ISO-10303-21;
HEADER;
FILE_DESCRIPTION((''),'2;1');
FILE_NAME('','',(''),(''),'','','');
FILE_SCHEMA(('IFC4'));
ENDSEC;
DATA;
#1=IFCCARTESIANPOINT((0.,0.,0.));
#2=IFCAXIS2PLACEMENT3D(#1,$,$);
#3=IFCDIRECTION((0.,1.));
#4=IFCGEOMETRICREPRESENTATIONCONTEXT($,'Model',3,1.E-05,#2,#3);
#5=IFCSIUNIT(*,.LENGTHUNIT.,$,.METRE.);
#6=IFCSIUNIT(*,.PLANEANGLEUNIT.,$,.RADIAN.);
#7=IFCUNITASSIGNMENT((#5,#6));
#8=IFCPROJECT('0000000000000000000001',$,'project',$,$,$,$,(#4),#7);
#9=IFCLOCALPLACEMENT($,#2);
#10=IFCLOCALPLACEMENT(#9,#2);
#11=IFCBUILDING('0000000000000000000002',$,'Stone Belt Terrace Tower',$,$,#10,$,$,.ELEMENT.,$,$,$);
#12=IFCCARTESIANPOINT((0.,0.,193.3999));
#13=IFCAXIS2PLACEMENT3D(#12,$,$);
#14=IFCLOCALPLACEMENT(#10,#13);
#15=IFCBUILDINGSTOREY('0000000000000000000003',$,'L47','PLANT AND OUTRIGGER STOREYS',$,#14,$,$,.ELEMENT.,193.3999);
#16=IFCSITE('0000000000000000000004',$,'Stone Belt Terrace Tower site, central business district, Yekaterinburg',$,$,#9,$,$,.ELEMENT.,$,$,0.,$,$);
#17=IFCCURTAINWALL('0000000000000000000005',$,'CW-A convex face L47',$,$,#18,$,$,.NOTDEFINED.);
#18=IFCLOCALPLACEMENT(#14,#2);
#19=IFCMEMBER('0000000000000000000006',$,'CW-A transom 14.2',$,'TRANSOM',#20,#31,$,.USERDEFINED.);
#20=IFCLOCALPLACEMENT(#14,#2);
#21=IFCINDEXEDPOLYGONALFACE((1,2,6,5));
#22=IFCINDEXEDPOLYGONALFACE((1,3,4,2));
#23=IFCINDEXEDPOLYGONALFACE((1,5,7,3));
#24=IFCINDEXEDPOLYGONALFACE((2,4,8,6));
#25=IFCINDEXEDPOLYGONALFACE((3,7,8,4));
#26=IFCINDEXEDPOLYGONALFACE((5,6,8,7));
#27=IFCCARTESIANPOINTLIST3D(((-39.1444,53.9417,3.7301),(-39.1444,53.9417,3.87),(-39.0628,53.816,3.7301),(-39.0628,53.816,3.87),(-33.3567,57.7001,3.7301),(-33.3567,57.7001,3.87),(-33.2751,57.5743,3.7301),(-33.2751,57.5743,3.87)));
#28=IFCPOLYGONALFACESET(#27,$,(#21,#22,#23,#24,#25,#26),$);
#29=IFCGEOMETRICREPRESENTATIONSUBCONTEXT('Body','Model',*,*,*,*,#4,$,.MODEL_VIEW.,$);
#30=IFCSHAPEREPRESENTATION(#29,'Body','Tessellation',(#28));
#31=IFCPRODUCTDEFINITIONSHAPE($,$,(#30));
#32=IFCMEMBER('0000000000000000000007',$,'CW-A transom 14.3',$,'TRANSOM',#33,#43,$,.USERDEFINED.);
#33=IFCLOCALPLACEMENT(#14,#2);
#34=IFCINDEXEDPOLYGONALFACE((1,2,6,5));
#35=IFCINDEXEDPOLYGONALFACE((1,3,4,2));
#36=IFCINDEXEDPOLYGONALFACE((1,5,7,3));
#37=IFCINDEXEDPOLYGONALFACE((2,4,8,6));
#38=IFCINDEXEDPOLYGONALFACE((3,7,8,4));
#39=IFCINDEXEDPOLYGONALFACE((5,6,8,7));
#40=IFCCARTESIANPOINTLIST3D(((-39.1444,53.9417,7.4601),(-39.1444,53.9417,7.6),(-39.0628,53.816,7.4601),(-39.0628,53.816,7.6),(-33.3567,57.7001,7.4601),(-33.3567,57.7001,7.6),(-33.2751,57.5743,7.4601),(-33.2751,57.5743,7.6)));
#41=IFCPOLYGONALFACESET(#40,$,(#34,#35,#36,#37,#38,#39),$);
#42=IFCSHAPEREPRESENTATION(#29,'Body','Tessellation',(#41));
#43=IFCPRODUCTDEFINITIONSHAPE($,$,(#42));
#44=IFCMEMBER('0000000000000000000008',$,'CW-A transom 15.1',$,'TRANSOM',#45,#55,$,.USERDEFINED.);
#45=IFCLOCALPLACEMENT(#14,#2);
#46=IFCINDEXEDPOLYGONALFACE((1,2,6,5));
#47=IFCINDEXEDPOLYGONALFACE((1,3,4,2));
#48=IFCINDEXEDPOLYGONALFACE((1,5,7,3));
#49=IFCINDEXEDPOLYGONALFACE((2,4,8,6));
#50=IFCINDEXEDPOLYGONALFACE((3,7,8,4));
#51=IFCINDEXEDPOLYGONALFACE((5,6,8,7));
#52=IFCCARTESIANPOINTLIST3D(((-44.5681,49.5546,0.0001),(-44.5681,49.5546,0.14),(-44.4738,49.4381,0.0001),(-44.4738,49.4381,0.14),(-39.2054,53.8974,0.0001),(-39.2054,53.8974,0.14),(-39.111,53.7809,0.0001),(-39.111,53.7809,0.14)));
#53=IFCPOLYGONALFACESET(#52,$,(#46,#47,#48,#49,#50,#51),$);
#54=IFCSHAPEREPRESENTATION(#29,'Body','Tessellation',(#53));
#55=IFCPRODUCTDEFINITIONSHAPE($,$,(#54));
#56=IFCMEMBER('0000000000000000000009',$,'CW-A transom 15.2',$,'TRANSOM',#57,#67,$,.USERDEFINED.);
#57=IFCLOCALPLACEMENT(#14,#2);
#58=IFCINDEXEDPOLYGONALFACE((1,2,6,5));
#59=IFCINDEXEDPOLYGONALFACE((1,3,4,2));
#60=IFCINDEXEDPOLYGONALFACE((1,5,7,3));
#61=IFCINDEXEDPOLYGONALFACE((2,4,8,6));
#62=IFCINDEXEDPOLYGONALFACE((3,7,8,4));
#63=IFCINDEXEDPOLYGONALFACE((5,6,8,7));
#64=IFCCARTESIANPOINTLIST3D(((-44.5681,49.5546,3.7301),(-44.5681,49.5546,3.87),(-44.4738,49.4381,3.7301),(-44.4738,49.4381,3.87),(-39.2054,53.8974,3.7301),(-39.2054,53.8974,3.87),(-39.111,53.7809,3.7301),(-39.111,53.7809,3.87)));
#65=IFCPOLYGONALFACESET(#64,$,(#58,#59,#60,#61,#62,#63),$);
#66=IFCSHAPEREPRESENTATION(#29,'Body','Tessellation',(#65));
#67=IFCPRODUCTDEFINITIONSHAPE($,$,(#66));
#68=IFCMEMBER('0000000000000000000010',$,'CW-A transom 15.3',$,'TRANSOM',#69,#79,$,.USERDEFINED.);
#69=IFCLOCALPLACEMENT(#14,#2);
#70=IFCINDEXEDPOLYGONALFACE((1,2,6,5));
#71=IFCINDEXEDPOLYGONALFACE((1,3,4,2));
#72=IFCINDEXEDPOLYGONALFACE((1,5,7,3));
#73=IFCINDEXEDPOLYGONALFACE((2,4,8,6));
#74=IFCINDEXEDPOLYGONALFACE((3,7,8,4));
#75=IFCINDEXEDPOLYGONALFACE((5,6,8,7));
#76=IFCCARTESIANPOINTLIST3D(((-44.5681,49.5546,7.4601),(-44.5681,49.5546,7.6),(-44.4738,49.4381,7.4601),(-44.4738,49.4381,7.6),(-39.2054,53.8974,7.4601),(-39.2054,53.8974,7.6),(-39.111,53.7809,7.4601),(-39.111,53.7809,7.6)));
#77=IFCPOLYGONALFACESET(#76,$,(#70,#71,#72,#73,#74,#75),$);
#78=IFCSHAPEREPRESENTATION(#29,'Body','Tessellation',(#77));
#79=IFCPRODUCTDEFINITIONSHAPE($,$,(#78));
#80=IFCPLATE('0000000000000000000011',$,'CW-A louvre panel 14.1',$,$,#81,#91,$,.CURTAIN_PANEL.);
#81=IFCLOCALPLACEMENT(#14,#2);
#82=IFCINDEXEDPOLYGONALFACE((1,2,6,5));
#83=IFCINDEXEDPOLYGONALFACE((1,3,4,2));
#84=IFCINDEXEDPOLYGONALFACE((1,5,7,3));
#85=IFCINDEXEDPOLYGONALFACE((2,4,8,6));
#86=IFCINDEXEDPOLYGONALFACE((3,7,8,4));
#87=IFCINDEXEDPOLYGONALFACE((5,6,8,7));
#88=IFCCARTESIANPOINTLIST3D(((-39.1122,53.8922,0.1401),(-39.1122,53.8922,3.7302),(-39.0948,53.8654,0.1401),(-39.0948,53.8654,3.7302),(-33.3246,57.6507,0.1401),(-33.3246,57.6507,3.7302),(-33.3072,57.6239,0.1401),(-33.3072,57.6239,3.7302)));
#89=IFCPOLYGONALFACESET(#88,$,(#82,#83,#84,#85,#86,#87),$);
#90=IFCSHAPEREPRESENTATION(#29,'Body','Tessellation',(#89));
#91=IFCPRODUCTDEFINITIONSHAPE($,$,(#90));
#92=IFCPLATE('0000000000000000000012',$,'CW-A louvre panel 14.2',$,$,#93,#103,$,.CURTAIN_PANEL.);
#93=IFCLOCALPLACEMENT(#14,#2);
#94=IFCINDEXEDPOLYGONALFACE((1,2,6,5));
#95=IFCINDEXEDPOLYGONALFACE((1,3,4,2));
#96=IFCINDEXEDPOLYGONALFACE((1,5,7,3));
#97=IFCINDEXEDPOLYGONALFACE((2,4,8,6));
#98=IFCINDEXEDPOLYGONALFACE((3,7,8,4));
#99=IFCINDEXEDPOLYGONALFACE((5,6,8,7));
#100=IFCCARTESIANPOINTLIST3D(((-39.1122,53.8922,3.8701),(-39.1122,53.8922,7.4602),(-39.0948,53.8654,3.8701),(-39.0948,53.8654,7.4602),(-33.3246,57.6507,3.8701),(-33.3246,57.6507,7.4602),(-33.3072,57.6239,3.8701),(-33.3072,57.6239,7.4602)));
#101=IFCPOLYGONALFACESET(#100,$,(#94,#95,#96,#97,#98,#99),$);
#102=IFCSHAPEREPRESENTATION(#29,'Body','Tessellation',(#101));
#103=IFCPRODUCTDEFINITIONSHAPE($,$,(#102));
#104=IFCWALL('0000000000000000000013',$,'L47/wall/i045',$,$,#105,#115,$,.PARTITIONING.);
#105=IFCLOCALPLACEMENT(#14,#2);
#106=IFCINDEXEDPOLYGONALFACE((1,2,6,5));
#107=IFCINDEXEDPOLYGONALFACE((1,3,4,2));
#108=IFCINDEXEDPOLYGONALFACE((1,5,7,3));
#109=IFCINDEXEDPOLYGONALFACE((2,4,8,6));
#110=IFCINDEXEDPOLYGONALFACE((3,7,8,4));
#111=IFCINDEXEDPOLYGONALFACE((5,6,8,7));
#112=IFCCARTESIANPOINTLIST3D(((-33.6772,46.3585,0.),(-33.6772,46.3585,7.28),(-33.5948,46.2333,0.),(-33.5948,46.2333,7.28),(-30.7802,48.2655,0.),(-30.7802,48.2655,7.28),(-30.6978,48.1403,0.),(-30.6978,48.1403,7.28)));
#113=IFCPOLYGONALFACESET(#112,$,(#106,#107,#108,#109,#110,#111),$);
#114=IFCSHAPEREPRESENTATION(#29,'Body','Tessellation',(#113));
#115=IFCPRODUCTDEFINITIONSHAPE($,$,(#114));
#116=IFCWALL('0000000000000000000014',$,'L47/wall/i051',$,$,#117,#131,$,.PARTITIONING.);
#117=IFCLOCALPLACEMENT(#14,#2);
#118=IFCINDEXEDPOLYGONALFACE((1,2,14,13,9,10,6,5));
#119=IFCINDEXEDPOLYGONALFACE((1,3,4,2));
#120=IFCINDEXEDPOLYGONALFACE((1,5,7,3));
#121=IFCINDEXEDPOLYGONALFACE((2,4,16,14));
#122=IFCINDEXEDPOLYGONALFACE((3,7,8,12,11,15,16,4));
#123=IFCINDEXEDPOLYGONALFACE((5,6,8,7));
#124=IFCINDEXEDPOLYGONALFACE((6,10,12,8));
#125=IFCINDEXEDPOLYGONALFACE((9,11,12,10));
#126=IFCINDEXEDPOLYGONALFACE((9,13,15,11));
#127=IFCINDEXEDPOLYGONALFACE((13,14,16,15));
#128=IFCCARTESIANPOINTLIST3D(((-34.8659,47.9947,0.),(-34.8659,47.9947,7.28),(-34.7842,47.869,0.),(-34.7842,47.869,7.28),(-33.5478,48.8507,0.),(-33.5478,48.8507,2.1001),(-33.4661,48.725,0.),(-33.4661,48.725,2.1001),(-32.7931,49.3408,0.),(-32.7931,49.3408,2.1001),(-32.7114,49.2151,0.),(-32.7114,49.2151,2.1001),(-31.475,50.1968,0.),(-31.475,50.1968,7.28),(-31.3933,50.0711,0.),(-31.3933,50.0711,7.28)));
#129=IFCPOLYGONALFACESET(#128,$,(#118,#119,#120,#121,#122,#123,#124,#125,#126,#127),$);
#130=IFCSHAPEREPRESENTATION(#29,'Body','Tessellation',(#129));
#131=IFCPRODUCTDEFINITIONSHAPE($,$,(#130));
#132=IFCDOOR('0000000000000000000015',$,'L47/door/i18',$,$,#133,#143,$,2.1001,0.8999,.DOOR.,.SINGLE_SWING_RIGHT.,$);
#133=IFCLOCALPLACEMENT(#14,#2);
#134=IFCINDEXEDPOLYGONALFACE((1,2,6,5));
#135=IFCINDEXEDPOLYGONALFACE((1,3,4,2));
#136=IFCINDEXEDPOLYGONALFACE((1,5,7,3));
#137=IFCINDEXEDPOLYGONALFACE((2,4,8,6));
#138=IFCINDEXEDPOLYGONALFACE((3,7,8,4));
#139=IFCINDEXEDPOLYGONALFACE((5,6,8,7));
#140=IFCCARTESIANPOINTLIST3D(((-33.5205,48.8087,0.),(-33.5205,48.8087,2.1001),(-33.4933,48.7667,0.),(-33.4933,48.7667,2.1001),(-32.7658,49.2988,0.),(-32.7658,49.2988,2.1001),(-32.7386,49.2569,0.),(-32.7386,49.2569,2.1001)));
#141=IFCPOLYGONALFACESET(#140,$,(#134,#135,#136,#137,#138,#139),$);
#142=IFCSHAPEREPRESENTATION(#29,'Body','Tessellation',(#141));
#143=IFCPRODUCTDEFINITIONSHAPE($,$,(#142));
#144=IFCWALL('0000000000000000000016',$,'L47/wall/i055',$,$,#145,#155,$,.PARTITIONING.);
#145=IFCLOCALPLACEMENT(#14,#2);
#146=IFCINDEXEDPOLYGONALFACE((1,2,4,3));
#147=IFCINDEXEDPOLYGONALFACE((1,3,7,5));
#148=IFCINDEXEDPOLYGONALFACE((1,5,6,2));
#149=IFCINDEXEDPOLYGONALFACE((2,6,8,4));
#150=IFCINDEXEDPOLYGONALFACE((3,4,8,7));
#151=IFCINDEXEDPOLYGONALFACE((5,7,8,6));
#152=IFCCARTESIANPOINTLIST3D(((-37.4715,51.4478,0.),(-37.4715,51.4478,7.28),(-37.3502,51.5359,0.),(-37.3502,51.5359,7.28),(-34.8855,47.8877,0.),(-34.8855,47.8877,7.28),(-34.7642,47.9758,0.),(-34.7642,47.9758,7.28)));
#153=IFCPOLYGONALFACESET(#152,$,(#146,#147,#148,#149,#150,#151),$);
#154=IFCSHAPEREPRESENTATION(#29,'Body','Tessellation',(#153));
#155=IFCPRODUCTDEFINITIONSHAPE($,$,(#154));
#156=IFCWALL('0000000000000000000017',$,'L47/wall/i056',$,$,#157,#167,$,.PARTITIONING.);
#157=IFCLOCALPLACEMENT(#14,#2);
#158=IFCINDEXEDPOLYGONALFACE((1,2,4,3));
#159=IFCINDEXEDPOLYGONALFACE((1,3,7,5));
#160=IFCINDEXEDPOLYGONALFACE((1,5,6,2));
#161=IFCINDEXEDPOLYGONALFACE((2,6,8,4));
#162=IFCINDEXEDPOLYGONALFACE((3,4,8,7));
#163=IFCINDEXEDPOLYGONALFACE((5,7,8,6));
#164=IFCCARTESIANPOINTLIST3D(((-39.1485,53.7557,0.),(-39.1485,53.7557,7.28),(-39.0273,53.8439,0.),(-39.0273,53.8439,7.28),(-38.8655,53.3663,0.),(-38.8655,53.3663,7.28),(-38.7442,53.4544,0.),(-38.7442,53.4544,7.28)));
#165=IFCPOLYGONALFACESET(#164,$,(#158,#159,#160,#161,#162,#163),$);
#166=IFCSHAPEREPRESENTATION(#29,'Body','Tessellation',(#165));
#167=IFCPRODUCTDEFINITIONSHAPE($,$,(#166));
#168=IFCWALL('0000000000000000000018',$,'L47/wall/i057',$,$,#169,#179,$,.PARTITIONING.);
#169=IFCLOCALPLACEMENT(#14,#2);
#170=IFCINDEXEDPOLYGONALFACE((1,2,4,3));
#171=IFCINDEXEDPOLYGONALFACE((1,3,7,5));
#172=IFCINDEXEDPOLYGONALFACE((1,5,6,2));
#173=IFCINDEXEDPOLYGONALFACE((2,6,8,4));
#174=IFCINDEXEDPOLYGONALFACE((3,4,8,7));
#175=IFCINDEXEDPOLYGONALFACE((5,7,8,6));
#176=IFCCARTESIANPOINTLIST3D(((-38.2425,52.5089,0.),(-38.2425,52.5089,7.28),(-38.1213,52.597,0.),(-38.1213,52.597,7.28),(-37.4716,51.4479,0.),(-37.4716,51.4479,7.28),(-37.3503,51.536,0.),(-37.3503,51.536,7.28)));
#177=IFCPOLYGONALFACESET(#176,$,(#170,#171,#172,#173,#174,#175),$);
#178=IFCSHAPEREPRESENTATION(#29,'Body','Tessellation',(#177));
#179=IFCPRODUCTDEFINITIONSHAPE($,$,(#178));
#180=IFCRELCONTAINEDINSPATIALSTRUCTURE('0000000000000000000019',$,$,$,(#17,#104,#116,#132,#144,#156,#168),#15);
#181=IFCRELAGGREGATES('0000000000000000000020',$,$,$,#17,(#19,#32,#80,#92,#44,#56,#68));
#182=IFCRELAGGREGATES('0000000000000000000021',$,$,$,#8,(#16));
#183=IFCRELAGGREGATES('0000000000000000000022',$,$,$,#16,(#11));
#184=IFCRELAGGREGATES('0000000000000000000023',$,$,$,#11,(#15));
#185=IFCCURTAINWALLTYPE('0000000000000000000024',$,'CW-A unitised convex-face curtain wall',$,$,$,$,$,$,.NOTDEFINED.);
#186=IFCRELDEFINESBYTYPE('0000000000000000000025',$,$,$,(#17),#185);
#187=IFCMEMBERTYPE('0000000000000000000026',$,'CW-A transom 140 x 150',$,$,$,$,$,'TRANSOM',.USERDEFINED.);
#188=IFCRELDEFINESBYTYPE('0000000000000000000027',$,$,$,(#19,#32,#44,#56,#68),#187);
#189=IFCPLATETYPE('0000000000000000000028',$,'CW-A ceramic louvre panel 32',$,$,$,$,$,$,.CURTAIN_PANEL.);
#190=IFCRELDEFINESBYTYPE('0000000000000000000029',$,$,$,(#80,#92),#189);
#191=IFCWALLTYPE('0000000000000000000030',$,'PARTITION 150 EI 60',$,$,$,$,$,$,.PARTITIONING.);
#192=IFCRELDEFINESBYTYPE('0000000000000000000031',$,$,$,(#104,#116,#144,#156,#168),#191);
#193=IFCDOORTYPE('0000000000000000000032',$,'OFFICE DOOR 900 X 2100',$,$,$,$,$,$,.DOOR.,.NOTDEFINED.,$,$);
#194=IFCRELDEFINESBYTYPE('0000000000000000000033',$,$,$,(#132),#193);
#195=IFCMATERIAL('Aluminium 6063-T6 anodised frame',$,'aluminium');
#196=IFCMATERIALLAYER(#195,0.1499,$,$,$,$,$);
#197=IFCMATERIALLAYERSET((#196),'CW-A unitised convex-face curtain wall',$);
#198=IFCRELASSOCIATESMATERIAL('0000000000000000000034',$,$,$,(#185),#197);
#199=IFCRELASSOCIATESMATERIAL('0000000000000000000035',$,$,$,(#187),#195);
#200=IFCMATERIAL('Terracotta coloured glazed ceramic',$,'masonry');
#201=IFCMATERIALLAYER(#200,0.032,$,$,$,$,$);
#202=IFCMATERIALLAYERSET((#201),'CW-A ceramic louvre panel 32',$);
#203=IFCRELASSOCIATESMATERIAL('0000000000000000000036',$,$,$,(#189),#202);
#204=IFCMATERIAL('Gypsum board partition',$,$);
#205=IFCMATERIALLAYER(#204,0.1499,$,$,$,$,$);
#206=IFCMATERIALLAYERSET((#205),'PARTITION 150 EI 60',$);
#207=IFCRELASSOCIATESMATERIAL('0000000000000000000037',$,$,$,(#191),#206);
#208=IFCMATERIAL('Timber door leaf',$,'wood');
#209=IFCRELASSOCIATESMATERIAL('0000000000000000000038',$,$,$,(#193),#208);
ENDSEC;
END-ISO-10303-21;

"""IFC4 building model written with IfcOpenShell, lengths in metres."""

from ifc_helpers import new_model, si_unit, direction, frame, frame_2d, origin, origin_2d, place, context, subcontext, project, spatial, rectangle, extrude, material, layer, layer_set, material_profile, profile_set, type_object, element, fill, aggregate, save


model = new_model("IFC4")

# Units and contexts
model_context = context("Model", 3, precision=1e-05, world=origin(), true_north=direction((0.0, 1.0)))
body_context = subcontext(model_context, "Body", "Model", "MODEL_VIEW")
ifc_project = project(units=[si_unit("LENGTHUNIT", "METRE"), si_unit("PLANEANGLEUNIT", "RADIAN")], contexts=[model_context])

# Site, building, storey
site_placement = place(None, origin())
site = spatial("IfcSite", under=ifc_project, at=site_placement, Name="Stone Belt Terrace Tower site, central business district, Yekaterinburg", CompositionType="ELEMENT", RefElevation=0.0)
building_placement = place(site_placement, origin())
building = spatial("IfcBuilding", under=site, at=building_placement, Name="Stone Belt Terrace Tower", CompositionType="ELEMENT")
storey_placement = place(building_placement, frame((0.0, 0.0, 193.3999)))
storey = spatial("IfcBuildingStorey", under=building, at=storey_placement, Name="L47", Description="PLANT AND OUTRIGGER STOREYS", CompositionType="ELEMENT", Elevation=193.3999)

# Curtain wall, members, plates
ifc_material_1 = material(Name="Aluminium 6063-T6 anodised frame", Category="aluminium")
ifc_layer_1 = layer(ifc_material_1, 0.1499)
ifc_layer_set_1 = layer_set([ifc_layer_1], Name="CW-A unitised convex-face curtain wall")
curtain_wall_type = type_object("IfcCurtainWallType", Name="CW-A unitised convex-face curtain wall", PredefinedType="NOTDEFINED", material=ifc_layer_set_1)
curtain_wall_placement = place(storey_placement, origin())
curtain_wall = element("IfcCurtainWall", 1, at=curtain_wall_placement, inside=storey, type_object=curtain_wall_type, Name="CW-A convex face L47", PredefinedType="NOTDEFINED")
ifc_material_profile_1 = material_profile(ifc_material_1, rectangle(XDim=0.1499, YDim=0.1399, at=origin_2d()), Name="Aluminium 6063-T6 150x140")
ifc_profile_set_1 = profile_set([ifc_material_profile_1], Name="Aluminium 6063-T6 anodised frame")
member_type_1 = type_object("IfcMemberType", Name="CW-A transom 140 x 150", ElementType="TRANSOM", PredefinedType="USERDEFINED", material=ifc_profile_set_1)
member_1_placement = place(storey_placement, frame((-33.3159, 57.6372, 3.8), z_axis=(-0.838684, -0.544618, 0.0), x_axis=(0.544618, -0.838684, 0.0)))
member_1 = element("IfcMember", 2, at=member_1_placement, type_object=member_type_1, Name="CW-A transom 14.2", ObjectType="TRANSOM", PredefinedType="USERDEFINED", context=body_context, shape_type="SweptSolid", body=[
    extrude(rectangle(XDim=0.1499, YDim=0.1399, at=origin_2d()), origin(), (0.0, 0.0, 1.0), 6.9009),
])
member_2_placement = place(storey_placement, frame((-33.3159, 57.6372, 7.53), z_axis=(-0.838684, -0.544618, 0.0), x_axis=(0.544618, -0.838684, 0.0)))
member_2 = element("IfcMember", 3, at=member_2_placement, type_object=member_type_1, Name="CW-A transom 14.3", ObjectType="TRANSOM", PredefinedType="USERDEFINED", context=body_context, shape_type="SweptSolid", body=[
    extrude(rectangle(XDim=0.1499, YDim=0.1399, at=origin_2d()), origin(), (0.0, 0.0, 1.0), 6.9009),
])
member_3_placement = place(storey_placement, frame((-39.1582, 53.8391, 0.0701), z_axis=(-0.777141, -0.629326, 0.0), x_axis=(0.629326, -0.777141, 0.0)))
member_3 = element("IfcMember", 4, at=member_3_placement, type_object=member_type_1, Name="CW-A transom 15.1", ObjectType="TRANSOM", PredefinedType="USERDEFINED", context=body_context, shape_type="SweptSolid", body=[
    extrude(rectangle(XDim=0.1499, YDim=0.1399, at=origin_2d()), origin(), (0.0, 0.0, 1.0), 6.9006),
])
member_4_placement = place(storey_placement, frame((-39.1582, 53.8391, 3.8), z_axis=(-0.777141, -0.629326, 0.0), x_axis=(0.629326, -0.777141, 0.0)))
member_4 = element("IfcMember", 5, at=member_4_placement, type_object=member_type_1, Name="CW-A transom 15.2", ObjectType="TRANSOM", PredefinedType="USERDEFINED", context=body_context, shape_type="SweptSolid", body=[
    extrude(rectangle(XDim=0.1499, YDim=0.1399, at=origin_2d()), origin(), (0.0, 0.0, 1.0), 6.9006),
])
member_5_placement = place(storey_placement, frame((-39.1582, 53.8391, 7.53), z_axis=(-0.777141, -0.629326, 0.0), x_axis=(0.629326, -0.777141, 0.0)))
member_5 = element("IfcMember", 6, at=member_5_placement, type_object=member_type_1, Name="CW-A transom 15.3", ObjectType="TRANSOM", PredefinedType="USERDEFINED", context=body_context, shape_type="SweptSolid", body=[
    extrude(rectangle(XDim=0.1499, YDim=0.1399, at=origin_2d()), origin(), (0.0, 0.0, 1.0), 6.9006),
])
ifc_material_2 = material(Name="Terracotta coloured glazed ceramic", Category="masonry")
ifc_layer_2 = layer(ifc_material_2, 0.032)
ifc_layer_set_2 = layer_set([ifc_layer_2], Name="CW-A ceramic louvre panel 32")
plate_type = type_object("IfcPlateType", Name="CW-A ceramic louvre panel 32", PredefinedType="CURTAIN_PANEL", material=ifc_layer_set_2)
plate_1_placement = place(storey_placement, frame((-36.2097, 55.7581, 0.1401), z_axis=(0.0, 0.0, 1.0), x_axis=(-0.838671, -0.544639, 0.0)))
plate_1 = element("IfcPlate", 7, at=plate_1_placement, type_object=plate_type, Name="CW-A louvre panel 14.1", PredefinedType="CURTAIN_PANEL", context=body_context, shape_type="SweptSolid", body=[
    extrude(rectangle(XDim=6.9009, YDim=0.032, at=origin_2d()), origin(), (0.0, 0.0, 1.0), 3.5901),
])
plate_2_placement = place(storey_placement, frame((-36.2097, 55.7581, 3.8701), z_axis=(0.0, 0.0, 1.0), x_axis=(-0.838671, -0.544639, 0.0)))
plate_2 = element("IfcPlate", 8, at=plate_2_placement, type_object=plate_type, Name="CW-A louvre panel 14.2", PredefinedType="CURTAIN_PANEL", context=body_context, shape_type="SweptSolid", body=[
    extrude(rectangle(XDim=6.9009, YDim=0.032, at=origin_2d()), origin(), (0.0, 0.0, 1.0), 3.5901),
])
aggregate(curtain_wall, [member_1, member_2, plate_1, plate_2, member_3, member_4, member_5])

# Wall
ifc_material_3 = material(Name="Gypsum board partition")
ifc_layer_3 = layer(ifc_material_3, 0.1499)
ifc_layer_set_3 = layer_set([ifc_layer_3], Name="PARTITION 150 EI 60")
wall_type = type_object("IfcWallType", Name="PARTITION 150 EI 60", PredefinedType="PARTITIONING", material=ifc_layer_set_3)
wall_1_placement = place(storey_placement, frame((-33.636, 46.2959, 0.0), z_axis=(0.0, 0.0, 1.0), x_axis=(0.835274, 0.549834, 0.0)))
element("IfcWall", 9, at=wall_1_placement, inside=storey, type_object=wall_type, Name="L47/wall/i045", PredefinedType="PARTITIONING", context=body_context, shape_type="SweptSolid", body=[
    extrude(rectangle(XDim=3.4683, YDim=0.1499, at=frame_2d((1.7341, 0.0))), origin(), (0.0, 0.0, 1.0), 7.28),
])

# Wall, opening, door
wall_2_placement = place(storey_placement, frame((-34.825, 47.9319, 0.0), z_axis=(0.0, 0.0, 1.0), x_axis=(0.83866, 0.544655, 0.0)))
wall_2 = element("IfcWall", 10, at=wall_2_placement, inside=storey, type_object=wall_type, Name="L47/wall/i051", PredefinedType="PARTITIONING", context=body_context, shape_type="SweptSolid", body=[
    extrude(rectangle(XDim=4.0432, YDim=0.1499, at=frame_2d((2.0215, 0.0))), origin(), (0.0, 0.0, 1.0), 7.28),
])
opening_placement = place(wall_2_placement, frame((1.5715, 0.0, 0.0)))
opening = element("IfcOpeningElement", 11, at=opening_placement, cuts=wall_2, PredefinedType="OPENING", context=body_context, shape_type="SweptSolid", body=[
    extrude(rectangle(XDim=0.8999, YDim=2.1001, at=frame_2d((0.45, 1.05))), frame((0.0, 0.085, 0.0), z_axis=(0.0, -1.0, 0.0), x_axis=(1.0, 0.0, 0.0)), (0.0, 0.0, 1.0), 0.1699),
])
ifc_material_4 = material(Name="Timber door leaf", Category="wood")
door_type = type_object("IfcDoorType", Name="OFFICE DOOR 900 X 2100", OperationType="NOTDEFINED", PredefinedType="DOOR", material=ifc_material_4)
door_placement = place(opening_placement, origin())
door = element("IfcDoor", 12, at=door_placement, inside=storey, type_object=door_type, Name="L47/door/i18", OperationType="SINGLE_SWING_RIGHT", OverallHeight=2.1001, OverallWidth=0.8999, PredefinedType="DOOR", context=body_context, shape_type="SweptSolid", body=[
    extrude(rectangle(XDim=0.8999, YDim=2.1001, at=frame_2d((0.45, 1.05))), frame((0.0, 0.0249, 0.0), z_axis=(0.0, -1.0, 0.0), x_axis=(1.0, 0.0, 0.0)), (0.0, 0.0, 1.0), 0.05),
])
fill(opening, door)

# Walls
wall_3_placement = place(storey_placement, frame((-37.4109, 51.4919, 0.0), z_axis=(0.0, 0.0, 1.0), x_axis=(0.587697, -0.809081, 0.0)))
element("IfcWall", 13, at=wall_3_placement, inside=storey, type_object=wall_type, Name="L47/wall/i055", PredefinedType="PARTITIONING", context=body_context, shape_type="SweptSolid", body=[
    extrude(rectangle(XDim=4.4001, YDim=0.1499, at=frame_2d((2.2002, 0.0))), origin(), (0.0, 0.0, 1.0), 7.28),
])
wall_4_placement = place(storey_placement, frame((-39.0879, 53.7998, 0.0), z_axis=(0.0, 0.0, 1.0), x_axis=(0.58784, -0.808977, 0.0)))
element("IfcWall", 14, at=wall_4_placement, inside=storey, type_object=wall_type, Name="L47/wall/i056", PredefinedType="PARTITIONING", context=body_context, shape_type="SweptSolid", body=[
    extrude(rectangle(XDim=0.4814, YDim=0.1499, at=frame_2d((0.2407, 0.0))), origin(), (0.0, 0.0, 1.0), 7.28),
])
wall_5_placement = place(storey_placement, frame((-38.1819, 52.553, 0.0), z_axis=(0.0, 0.0, 1.0), x_axis=(0.58784, -0.808977, 0.0)))
element("IfcWall", 15, at=wall_5_placement, inside=storey, type_object=wall_type, Name="L47/wall/i057", PredefinedType="PARTITIONING", context=body_context, shape_type="SweptSolid", body=[
    extrude(rectangle(XDim=1.3115, YDim=0.1499, at=frame_2d((0.6558, 0.0))), origin(), (0.0, 0.0, 1.0), 7.28),
])

save(model, "model.ifc")
